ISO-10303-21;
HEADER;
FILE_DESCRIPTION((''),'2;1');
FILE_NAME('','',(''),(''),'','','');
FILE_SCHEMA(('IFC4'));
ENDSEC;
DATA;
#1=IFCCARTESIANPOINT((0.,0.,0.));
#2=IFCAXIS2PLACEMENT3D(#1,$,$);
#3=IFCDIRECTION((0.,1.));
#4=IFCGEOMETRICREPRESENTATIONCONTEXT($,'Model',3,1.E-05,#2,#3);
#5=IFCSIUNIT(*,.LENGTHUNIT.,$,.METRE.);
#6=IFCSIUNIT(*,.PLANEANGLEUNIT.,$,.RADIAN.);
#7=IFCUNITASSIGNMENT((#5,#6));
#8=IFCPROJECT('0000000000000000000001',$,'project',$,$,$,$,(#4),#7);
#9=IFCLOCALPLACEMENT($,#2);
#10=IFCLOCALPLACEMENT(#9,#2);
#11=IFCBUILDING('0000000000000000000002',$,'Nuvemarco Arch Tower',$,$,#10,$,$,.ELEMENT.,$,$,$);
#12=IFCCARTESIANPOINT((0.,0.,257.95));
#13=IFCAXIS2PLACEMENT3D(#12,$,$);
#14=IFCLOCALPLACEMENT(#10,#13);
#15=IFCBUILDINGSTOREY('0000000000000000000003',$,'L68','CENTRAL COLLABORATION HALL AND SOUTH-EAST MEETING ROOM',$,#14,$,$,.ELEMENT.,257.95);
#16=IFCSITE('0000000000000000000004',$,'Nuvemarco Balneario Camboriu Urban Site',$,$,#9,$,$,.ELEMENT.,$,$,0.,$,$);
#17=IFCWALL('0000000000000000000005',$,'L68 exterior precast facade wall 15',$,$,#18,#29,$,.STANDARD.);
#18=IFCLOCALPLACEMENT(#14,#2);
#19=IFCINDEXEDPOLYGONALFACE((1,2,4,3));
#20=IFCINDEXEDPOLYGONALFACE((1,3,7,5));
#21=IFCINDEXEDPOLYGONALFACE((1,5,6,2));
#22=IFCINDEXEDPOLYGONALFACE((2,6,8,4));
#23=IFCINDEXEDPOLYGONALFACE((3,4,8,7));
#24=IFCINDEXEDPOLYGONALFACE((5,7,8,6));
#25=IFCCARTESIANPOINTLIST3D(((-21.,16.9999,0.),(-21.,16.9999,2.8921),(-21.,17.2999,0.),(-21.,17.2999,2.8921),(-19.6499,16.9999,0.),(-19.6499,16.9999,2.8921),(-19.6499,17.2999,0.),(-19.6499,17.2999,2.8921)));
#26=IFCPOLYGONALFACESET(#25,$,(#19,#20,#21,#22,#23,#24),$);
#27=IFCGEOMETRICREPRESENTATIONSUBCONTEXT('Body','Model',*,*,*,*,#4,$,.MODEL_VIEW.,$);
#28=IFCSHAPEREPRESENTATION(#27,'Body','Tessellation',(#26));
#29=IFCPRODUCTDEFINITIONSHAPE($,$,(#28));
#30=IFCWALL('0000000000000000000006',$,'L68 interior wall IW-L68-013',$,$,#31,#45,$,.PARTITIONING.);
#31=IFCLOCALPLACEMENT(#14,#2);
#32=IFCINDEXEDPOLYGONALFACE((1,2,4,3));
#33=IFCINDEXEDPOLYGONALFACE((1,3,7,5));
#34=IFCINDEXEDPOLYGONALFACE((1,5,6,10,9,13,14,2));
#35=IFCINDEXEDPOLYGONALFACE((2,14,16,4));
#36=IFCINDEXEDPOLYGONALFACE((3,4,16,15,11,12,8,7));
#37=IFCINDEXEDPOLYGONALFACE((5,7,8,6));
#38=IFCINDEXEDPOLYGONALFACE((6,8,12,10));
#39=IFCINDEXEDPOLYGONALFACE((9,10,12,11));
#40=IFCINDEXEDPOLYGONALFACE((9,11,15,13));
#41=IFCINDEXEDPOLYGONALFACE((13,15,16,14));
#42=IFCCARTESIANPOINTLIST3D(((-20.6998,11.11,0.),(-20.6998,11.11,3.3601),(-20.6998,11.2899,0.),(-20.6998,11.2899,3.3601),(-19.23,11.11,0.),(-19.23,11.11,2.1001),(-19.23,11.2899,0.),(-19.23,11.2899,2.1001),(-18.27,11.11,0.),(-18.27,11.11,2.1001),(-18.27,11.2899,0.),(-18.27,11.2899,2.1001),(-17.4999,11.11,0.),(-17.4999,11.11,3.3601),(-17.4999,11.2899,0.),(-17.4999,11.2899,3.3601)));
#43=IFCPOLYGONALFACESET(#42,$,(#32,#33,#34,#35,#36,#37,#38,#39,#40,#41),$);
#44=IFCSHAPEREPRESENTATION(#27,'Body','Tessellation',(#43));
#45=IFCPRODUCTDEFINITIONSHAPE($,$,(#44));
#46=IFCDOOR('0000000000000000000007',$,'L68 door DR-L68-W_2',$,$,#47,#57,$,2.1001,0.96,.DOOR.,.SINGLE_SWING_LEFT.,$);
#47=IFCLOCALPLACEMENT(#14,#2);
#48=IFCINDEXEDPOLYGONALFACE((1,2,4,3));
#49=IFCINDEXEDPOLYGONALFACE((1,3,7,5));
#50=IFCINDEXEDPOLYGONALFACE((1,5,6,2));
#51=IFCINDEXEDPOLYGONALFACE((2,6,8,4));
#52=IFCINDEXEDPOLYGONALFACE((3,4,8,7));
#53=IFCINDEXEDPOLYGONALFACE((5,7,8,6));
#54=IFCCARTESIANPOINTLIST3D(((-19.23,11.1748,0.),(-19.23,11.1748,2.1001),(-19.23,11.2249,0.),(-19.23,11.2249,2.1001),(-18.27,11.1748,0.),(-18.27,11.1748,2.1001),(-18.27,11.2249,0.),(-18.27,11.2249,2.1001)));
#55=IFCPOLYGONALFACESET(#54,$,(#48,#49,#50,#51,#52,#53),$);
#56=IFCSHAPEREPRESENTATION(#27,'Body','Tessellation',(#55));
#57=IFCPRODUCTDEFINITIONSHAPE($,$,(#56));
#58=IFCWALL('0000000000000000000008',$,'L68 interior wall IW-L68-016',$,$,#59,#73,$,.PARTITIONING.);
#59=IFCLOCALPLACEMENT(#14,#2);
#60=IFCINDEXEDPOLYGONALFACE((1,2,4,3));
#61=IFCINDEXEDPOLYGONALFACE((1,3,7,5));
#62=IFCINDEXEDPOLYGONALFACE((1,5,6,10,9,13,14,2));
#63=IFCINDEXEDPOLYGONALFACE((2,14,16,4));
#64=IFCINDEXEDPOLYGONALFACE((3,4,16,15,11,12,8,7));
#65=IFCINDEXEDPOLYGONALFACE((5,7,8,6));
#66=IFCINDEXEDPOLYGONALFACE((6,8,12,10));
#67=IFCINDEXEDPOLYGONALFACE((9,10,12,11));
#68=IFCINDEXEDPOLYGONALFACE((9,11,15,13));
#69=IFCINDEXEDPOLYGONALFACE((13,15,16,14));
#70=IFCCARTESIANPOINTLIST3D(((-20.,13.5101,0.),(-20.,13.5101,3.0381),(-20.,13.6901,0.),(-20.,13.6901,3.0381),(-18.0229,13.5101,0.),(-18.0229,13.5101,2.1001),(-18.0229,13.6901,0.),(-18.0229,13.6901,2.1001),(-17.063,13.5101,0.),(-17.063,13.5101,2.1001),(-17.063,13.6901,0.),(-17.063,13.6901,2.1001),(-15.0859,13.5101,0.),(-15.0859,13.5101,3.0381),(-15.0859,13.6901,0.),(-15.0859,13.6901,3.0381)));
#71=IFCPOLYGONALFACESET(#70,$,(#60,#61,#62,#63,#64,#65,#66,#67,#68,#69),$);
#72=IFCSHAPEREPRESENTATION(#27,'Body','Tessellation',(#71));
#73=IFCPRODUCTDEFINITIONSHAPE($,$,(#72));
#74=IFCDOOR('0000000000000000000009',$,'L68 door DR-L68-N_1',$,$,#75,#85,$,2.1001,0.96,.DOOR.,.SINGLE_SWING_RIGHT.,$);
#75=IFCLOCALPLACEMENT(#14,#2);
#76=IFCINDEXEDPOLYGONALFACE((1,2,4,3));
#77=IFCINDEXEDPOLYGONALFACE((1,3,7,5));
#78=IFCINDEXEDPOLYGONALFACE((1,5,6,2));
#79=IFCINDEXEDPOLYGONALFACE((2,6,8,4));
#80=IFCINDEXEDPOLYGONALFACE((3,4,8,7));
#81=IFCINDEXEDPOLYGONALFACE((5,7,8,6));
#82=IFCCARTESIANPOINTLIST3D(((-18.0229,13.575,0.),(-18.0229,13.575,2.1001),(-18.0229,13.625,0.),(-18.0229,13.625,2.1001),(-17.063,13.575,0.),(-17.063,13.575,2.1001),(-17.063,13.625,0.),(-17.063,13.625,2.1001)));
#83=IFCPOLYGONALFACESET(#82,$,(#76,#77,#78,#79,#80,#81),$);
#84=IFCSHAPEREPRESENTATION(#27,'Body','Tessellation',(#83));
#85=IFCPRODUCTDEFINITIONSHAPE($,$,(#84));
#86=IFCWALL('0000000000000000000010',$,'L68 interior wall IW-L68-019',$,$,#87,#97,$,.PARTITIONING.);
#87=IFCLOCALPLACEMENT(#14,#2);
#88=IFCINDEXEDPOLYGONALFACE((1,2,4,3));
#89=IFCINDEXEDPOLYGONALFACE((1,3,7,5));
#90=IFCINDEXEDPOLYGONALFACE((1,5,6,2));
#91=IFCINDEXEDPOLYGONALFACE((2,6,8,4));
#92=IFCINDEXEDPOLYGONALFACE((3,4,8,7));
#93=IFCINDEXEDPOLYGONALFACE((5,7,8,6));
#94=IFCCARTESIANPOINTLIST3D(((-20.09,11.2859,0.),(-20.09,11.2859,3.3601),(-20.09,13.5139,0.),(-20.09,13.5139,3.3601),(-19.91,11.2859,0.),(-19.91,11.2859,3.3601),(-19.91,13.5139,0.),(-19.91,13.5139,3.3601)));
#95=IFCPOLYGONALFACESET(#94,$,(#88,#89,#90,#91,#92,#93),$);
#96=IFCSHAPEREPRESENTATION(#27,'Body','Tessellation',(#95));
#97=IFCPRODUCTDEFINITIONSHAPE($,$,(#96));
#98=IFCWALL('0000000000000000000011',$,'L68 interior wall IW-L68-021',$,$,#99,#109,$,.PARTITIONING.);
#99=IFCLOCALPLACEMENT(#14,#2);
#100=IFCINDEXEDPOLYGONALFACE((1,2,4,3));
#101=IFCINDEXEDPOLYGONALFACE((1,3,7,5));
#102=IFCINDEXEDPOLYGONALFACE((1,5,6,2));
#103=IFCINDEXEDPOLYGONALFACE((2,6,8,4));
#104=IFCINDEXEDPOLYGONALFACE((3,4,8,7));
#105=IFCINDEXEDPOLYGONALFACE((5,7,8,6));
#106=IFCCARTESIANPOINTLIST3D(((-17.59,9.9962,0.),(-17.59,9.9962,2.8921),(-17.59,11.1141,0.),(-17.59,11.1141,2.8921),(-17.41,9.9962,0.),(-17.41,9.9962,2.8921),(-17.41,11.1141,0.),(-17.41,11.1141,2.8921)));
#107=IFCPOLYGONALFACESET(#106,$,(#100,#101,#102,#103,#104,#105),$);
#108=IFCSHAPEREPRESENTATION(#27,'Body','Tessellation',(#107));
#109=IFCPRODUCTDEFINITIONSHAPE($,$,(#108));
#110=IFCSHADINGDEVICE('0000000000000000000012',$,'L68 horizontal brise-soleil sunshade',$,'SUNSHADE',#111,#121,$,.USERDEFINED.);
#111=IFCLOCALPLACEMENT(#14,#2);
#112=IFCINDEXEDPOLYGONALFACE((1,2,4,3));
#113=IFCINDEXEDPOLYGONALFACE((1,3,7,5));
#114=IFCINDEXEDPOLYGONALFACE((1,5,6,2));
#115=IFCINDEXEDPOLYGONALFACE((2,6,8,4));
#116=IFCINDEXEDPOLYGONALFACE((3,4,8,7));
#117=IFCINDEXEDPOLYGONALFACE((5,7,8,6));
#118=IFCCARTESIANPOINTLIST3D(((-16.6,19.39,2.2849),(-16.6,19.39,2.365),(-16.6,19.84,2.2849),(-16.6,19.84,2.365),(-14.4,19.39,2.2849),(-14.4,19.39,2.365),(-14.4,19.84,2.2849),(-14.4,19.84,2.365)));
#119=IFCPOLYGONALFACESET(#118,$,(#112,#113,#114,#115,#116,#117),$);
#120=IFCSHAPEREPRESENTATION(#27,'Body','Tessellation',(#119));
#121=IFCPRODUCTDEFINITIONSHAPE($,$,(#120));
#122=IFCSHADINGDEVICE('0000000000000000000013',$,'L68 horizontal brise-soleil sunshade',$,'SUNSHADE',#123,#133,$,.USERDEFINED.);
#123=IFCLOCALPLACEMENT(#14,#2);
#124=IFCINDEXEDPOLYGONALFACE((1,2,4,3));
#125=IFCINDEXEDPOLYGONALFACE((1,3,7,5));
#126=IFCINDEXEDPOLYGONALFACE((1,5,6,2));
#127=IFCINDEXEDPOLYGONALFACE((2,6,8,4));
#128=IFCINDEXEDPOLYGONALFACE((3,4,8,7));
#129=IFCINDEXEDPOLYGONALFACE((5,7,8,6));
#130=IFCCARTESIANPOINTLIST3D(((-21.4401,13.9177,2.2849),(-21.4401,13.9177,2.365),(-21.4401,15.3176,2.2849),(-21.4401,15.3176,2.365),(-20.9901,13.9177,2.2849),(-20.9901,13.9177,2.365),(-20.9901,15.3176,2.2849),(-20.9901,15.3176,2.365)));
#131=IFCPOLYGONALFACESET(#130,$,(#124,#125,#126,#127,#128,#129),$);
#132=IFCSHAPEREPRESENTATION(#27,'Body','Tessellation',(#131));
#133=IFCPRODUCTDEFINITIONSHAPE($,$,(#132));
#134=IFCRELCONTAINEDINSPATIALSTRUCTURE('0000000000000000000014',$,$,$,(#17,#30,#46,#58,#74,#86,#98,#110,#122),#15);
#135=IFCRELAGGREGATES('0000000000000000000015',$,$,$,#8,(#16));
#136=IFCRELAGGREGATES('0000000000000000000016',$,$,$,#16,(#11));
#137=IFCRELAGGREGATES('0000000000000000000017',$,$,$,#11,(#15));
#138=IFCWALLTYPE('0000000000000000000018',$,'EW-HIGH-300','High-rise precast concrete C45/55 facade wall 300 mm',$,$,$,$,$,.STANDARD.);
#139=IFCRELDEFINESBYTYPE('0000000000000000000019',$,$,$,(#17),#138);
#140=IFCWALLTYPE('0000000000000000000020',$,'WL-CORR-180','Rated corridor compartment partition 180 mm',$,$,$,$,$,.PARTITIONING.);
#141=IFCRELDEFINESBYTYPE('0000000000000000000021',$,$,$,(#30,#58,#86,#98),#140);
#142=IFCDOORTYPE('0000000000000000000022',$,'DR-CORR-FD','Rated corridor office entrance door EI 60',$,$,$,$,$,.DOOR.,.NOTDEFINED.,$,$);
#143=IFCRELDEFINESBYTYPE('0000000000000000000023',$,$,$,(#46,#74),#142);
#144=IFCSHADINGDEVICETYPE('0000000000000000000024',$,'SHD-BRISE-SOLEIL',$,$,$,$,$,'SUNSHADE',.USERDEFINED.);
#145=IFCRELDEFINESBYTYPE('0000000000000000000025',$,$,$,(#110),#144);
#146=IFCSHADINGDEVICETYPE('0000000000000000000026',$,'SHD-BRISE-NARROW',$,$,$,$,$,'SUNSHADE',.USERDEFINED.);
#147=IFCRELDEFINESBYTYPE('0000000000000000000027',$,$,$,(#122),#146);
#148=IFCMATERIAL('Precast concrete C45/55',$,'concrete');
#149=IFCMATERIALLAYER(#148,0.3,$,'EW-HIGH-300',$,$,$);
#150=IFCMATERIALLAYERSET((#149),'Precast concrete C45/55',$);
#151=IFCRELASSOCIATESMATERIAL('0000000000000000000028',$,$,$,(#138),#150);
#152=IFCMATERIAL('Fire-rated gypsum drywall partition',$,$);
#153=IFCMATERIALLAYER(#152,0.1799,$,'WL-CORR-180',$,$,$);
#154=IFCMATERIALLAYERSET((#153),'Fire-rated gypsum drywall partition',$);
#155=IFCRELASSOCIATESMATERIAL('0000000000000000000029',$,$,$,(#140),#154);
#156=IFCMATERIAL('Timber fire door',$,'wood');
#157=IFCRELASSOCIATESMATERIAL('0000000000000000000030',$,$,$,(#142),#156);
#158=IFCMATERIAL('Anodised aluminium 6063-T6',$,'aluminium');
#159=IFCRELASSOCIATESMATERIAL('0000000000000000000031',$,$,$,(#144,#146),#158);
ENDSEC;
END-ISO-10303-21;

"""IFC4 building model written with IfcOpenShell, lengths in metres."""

from ifc_helpers import new_model, si_unit, direction, frame, frame_2d, origin, origin_2d, place, context, subcontext, project, spatial, rectangle, extrude, source, transform, mapped, material, layer, layer_set, type_object, type_shapes, element, fill, save


model = new_model("IFC4")

# Units and contexts
model_context = context("Model", 3, precision=1e-05, world=origin(), true_north=direction((0.0, 1.0)))
body_context = subcontext(model_context, "Body", "Model", "MODEL_VIEW")
ifc_project = project(units=[si_unit("LENGTHUNIT", "METRE"), si_unit("PLANEANGLEUNIT", "RADIAN")], contexts=[model_context])

# Site, building, storey
site_placement = place(None, origin())
site = spatial("IfcSite", under=ifc_project, at=site_placement, Name="Nuvemarco Balneario Camboriu Urban Site", CompositionType="ELEMENT", RefElevation=0.0)
building_placement = place(site_placement, origin())
building = spatial("IfcBuilding", under=site, at=building_placement, Name="Nuvemarco Arch Tower", CompositionType="ELEMENT")
storey_placement = place(building_placement, frame((0.0, 0.0, 257.95)))
storey = spatial("IfcBuildingStorey", under=building, at=storey_placement, Name="L68", Description="CENTRAL COLLABORATION HALL AND SOUTH-EAST MEETING ROOM", CompositionType="ELEMENT", Elevation=257.95)

# Shared definitions
ifc_material_1 = material(Name="Precast concrete C45/55", Category="concrete")
ifc_layer_1 = layer(ifc_material_1, 0.3, Name="EW-HIGH-300")
ifc_layer_set_1 = layer_set([ifc_layer_1], Name="Precast concrete C45/55")
wall_type_1 = type_object("IfcWallType", Name="EW-HIGH-300", Description="High-rise precast concrete C45/55 facade wall 300 mm", PredefinedType="STANDARD", material=ifc_layer_set_1)

# Wall
wall_1_placement = place(storey_placement, frame((-21.0, 17.1499, 0.0), z_axis=(0.0, 0.0, 1.0), x_axis=(1.0, 0.0, 0.0)))
element("IfcWall", 1, at=wall_1_placement, inside=storey, type_object=wall_type_1, Name="L68 exterior precast facade wall 15", PredefinedType="STANDARD", context=body_context, shape_type="SweptSolid", body=[
    extrude(rectangle(XDim=1.3501, YDim=0.3, at=frame_2d((0.675, 0.0))), origin(), (0.0, 0.0, 1.0), 2.8921),
])

# Walls, openings, doors
ifc_material_2 = material(Name="Fire-rated gypsum drywall partition")
ifc_layer_2 = layer(ifc_material_2, 0.1799, Name="WL-CORR-180")
ifc_layer_set_2 = layer_set([ifc_layer_2], Name="Fire-rated gypsum drywall partition")
wall_type_2 = type_object("IfcWallType", Name="WL-CORR-180", Description="Rated corridor compartment partition 180 mm", PredefinedType="PARTITIONING", material=ifc_layer_set_2)
wall_2_placement = place(storey_placement, frame((-20.7, 11.2, 0.0), z_axis=(0.0, 0.0, 1.0), x_axis=(1.0, 0.0, 0.0)))
wall_2 = element("IfcWall", 2, at=wall_2_placement, inside=storey, type_object=wall_type_2, Name="L68 interior wall IW-L68-013", PredefinedType="PARTITIONING", context=body_context, shape_type="SweptSolid", body=[
    extrude(rectangle(XDim=3.2, YDim=0.1799, at=frame_2d((1.6001, 0.0))), origin(), (0.0, 0.0, 1.0), 3.3601),
])
opening_1_placement = place(wall_2_placement, frame((1.47, 0.0, 0.0)))
opening_1 = element("IfcOpeningElement", 3, at=opening_1_placement, cuts=wall_2, PredefinedType="OPENING", context=body_context, shape_type="SweptSolid", body=[
    extrude(rectangle(XDim=0.96, YDim=2.1001, at=frame_2d((0.48, 1.05))), frame((0.0, 0.0999, 0.0), z_axis=(0.0, -1.0, 0.0), x_axis=(1.0, 0.0, 0.0)), (0.0, 0.0, 1.0), 0.2),
])
ifc_material_3 = material(Name="Timber fire door", Category="wood")
door_type_1 = type_object("IfcDoorType", Name="DR-CORR-FD", Description="Rated corridor office entrance door EI 60", OperationType="NOTDEFINED", PredefinedType="DOOR", material=ifc_material_3)
shared_shape_1 = source(origin(), body_context, "Body", "SweptSolid", [
    extrude(rectangle(XDim=0.96, YDim=2.1001, at=frame_2d((0.48, 1.05))), frame((0.0, 0.0249, 0.0), z_axis=(0.0, -1.0, 0.0), x_axis=(1.0, 0.0, 0.0)), (0.0, 0.0, 1.0), 0.05),
])
type_shapes(door_type_1, [shared_shape_1])
door_1_placement = place(opening_1_placement, origin())
door_1 = element("IfcDoor", 4, at=door_1_placement, inside=storey, type_object=door_type_1, Name="L68 door DR-L68-W_2", OperationType="SINGLE_SWING_LEFT", OverallHeight=2.1001, OverallWidth=0.96, PredefinedType="DOOR", context=body_context, shape_type="MappedRepresentation", body=[
    mapped(shared_shape_1, transform((0.0, 0.0, 0.0), scale=1.0)),
])
fill(opening_1, door_1)
wall_3_placement = place(storey_placement, frame((-20.0, 13.6001, 0.0), z_axis=(0.0, 0.0, 1.0), x_axis=(1.0, 0.0, 0.0)))
wall_3 = element("IfcWall", 5, at=wall_3_placement, inside=storey, type_object=wall_type_2, Name="L68 interior wall IW-L68-016", PredefinedType="PARTITIONING", context=body_context, shape_type="SweptSolid", body=[
    extrude(rectangle(XDim=4.9141, YDim=0.1799, at=frame_2d((2.457, 0.0))), origin(), (0.0, 0.0, 1.0), 3.0381),
])
opening_2_placement = place(wall_3_placement, frame((1.9771, 0.0, 0.0)))
opening_2 = element("IfcOpeningElement", 6, at=opening_2_placement, cuts=wall_3, PredefinedType="OPENING", context=body_context, shape_type="SweptSolid", body=[
    extrude(rectangle(XDim=0.96, YDim=2.1001, at=frame_2d((0.48, 1.05))), frame((0.0, 0.0999, 0.0), z_axis=(0.0, -1.0, 0.0), x_axis=(1.0, 0.0, 0.0)), (0.0, 0.0, 1.0), 0.2),
])
door_2_placement = place(opening_2_placement, origin())
door_2 = element("IfcDoor", 7, at=door_2_placement, inside=storey, type_object=door_type_1, Name="L68 door DR-L68-N_1", OperationType="SINGLE_SWING_RIGHT", OverallHeight=2.1001, OverallWidth=0.96, PredefinedType="DOOR", context=body_context, shape_type="MappedRepresentation", body=[
    mapped(shared_shape_1, transform((0.0, 0.0, 0.0), scale=1.0)),
])
fill(opening_2, door_2)

# Walls
wall_4_placement = place(storey_placement, frame((-20.0, 11.2859, 0.0), z_axis=(0.0, 0.0, 1.0), x_axis=(0.0, 1.0, 0.0)))
element("IfcWall", 8, at=wall_4_placement, inside=storey, type_object=wall_type_2, Name="L68 interior wall IW-L68-019", PredefinedType="PARTITIONING", context=body_context, shape_type="SweptSolid", body=[
    extrude(rectangle(XDim=2.228, YDim=0.1799, at=frame_2d((1.114, 0.0))), origin(), (0.0, 0.0, 1.0), 3.3601),
])
wall_5_placement = place(storey_placement, frame((-17.5, 9.9961, 0.0), z_axis=(0.0, 0.0, 1.0), x_axis=(0.0, 1.0, 0.0)))
element("IfcWall", 9, at=wall_5_placement, inside=storey, type_object=wall_type_2, Name="L68 interior wall IW-L68-021", PredefinedType="PARTITIONING", context=body_context, shape_type="SweptSolid", body=[
    extrude(rectangle(XDim=1.1179, YDim=0.1799, at=frame_2d((0.5591, 0.0))), origin(), (0.0, 0.0, 1.0), 2.8921),
])

# Shading devices
ifc_material_4 = material(Name="Anodised aluminium 6063-T6", Category="aluminium")
shading_device_type_1 = type_object("IfcShadingDeviceType", Name="SHD-BRISE-SOLEIL", ElementType="SUNSHADE", PredefinedType="USERDEFINED", material=ifc_material_4)
shared_shape_2 = source(origin(), body_context, "Body", "SweptSolid", [
    extrude(rectangle(XDim=2.2, YDim=0.45, at=origin_2d()), origin(), (0.0, 0.0, 1.0), 0.0801),
])
type_shapes(shading_device_type_1, [shared_shape_2])
shading_device_1_placement = place(storey_placement, frame((-15.5, 19.615, 2.2849), z_axis=(0.0, 0.0, 1.0), x_axis=(1.0, 0.0, 0.0)))
element("IfcShadingDevice", 10, at=shading_device_1_placement, inside=storey, type_object=shading_device_type_1, Name="L68 horizontal brise-soleil sunshade", ObjectType="SUNSHADE", PredefinedType="USERDEFINED", context=body_context, shape_type="MappedRepresentation", body=[
    mapped(shared_shape_2, transform((0.0, 0.0, 0.0), scale=1.0)),
])
shading_device_type_2 = type_object("IfcShadingDeviceType", Name="SHD-BRISE-NARROW", ElementType="SUNSHADE", PredefinedType="USERDEFINED", material=ifc_material_4)
shared_shape_3 = source(origin(), body_context, "Body", "SweptSolid", [
    extrude(rectangle(XDim=1.3999, YDim=0.45, at=origin_2d()), origin(), (0.0, 0.0, 1.0), 0.0801),
])
type_shapes(shading_device_type_2, [shared_shape_3])
shading_device_2_placement = place(storey_placement, frame((-21.2151, 14.6177, 2.2849), z_axis=(0.0, 0.0, 1.0), x_axis=(0.0, 1.0, 0.0)))
element("IfcShadingDevice", 11, at=shading_device_2_placement, inside=storey, type_object=shading_device_type_2, Name="L68 horizontal brise-soleil sunshade", ObjectType="SUNSHADE", PredefinedType="USERDEFINED", context=body_context, shape_type="MappedRepresentation", body=[
    mapped(shared_shape_3, transform((0.0, 0.0, 0.0), scale=1.0)),
])

save(model, "model.ifc")
